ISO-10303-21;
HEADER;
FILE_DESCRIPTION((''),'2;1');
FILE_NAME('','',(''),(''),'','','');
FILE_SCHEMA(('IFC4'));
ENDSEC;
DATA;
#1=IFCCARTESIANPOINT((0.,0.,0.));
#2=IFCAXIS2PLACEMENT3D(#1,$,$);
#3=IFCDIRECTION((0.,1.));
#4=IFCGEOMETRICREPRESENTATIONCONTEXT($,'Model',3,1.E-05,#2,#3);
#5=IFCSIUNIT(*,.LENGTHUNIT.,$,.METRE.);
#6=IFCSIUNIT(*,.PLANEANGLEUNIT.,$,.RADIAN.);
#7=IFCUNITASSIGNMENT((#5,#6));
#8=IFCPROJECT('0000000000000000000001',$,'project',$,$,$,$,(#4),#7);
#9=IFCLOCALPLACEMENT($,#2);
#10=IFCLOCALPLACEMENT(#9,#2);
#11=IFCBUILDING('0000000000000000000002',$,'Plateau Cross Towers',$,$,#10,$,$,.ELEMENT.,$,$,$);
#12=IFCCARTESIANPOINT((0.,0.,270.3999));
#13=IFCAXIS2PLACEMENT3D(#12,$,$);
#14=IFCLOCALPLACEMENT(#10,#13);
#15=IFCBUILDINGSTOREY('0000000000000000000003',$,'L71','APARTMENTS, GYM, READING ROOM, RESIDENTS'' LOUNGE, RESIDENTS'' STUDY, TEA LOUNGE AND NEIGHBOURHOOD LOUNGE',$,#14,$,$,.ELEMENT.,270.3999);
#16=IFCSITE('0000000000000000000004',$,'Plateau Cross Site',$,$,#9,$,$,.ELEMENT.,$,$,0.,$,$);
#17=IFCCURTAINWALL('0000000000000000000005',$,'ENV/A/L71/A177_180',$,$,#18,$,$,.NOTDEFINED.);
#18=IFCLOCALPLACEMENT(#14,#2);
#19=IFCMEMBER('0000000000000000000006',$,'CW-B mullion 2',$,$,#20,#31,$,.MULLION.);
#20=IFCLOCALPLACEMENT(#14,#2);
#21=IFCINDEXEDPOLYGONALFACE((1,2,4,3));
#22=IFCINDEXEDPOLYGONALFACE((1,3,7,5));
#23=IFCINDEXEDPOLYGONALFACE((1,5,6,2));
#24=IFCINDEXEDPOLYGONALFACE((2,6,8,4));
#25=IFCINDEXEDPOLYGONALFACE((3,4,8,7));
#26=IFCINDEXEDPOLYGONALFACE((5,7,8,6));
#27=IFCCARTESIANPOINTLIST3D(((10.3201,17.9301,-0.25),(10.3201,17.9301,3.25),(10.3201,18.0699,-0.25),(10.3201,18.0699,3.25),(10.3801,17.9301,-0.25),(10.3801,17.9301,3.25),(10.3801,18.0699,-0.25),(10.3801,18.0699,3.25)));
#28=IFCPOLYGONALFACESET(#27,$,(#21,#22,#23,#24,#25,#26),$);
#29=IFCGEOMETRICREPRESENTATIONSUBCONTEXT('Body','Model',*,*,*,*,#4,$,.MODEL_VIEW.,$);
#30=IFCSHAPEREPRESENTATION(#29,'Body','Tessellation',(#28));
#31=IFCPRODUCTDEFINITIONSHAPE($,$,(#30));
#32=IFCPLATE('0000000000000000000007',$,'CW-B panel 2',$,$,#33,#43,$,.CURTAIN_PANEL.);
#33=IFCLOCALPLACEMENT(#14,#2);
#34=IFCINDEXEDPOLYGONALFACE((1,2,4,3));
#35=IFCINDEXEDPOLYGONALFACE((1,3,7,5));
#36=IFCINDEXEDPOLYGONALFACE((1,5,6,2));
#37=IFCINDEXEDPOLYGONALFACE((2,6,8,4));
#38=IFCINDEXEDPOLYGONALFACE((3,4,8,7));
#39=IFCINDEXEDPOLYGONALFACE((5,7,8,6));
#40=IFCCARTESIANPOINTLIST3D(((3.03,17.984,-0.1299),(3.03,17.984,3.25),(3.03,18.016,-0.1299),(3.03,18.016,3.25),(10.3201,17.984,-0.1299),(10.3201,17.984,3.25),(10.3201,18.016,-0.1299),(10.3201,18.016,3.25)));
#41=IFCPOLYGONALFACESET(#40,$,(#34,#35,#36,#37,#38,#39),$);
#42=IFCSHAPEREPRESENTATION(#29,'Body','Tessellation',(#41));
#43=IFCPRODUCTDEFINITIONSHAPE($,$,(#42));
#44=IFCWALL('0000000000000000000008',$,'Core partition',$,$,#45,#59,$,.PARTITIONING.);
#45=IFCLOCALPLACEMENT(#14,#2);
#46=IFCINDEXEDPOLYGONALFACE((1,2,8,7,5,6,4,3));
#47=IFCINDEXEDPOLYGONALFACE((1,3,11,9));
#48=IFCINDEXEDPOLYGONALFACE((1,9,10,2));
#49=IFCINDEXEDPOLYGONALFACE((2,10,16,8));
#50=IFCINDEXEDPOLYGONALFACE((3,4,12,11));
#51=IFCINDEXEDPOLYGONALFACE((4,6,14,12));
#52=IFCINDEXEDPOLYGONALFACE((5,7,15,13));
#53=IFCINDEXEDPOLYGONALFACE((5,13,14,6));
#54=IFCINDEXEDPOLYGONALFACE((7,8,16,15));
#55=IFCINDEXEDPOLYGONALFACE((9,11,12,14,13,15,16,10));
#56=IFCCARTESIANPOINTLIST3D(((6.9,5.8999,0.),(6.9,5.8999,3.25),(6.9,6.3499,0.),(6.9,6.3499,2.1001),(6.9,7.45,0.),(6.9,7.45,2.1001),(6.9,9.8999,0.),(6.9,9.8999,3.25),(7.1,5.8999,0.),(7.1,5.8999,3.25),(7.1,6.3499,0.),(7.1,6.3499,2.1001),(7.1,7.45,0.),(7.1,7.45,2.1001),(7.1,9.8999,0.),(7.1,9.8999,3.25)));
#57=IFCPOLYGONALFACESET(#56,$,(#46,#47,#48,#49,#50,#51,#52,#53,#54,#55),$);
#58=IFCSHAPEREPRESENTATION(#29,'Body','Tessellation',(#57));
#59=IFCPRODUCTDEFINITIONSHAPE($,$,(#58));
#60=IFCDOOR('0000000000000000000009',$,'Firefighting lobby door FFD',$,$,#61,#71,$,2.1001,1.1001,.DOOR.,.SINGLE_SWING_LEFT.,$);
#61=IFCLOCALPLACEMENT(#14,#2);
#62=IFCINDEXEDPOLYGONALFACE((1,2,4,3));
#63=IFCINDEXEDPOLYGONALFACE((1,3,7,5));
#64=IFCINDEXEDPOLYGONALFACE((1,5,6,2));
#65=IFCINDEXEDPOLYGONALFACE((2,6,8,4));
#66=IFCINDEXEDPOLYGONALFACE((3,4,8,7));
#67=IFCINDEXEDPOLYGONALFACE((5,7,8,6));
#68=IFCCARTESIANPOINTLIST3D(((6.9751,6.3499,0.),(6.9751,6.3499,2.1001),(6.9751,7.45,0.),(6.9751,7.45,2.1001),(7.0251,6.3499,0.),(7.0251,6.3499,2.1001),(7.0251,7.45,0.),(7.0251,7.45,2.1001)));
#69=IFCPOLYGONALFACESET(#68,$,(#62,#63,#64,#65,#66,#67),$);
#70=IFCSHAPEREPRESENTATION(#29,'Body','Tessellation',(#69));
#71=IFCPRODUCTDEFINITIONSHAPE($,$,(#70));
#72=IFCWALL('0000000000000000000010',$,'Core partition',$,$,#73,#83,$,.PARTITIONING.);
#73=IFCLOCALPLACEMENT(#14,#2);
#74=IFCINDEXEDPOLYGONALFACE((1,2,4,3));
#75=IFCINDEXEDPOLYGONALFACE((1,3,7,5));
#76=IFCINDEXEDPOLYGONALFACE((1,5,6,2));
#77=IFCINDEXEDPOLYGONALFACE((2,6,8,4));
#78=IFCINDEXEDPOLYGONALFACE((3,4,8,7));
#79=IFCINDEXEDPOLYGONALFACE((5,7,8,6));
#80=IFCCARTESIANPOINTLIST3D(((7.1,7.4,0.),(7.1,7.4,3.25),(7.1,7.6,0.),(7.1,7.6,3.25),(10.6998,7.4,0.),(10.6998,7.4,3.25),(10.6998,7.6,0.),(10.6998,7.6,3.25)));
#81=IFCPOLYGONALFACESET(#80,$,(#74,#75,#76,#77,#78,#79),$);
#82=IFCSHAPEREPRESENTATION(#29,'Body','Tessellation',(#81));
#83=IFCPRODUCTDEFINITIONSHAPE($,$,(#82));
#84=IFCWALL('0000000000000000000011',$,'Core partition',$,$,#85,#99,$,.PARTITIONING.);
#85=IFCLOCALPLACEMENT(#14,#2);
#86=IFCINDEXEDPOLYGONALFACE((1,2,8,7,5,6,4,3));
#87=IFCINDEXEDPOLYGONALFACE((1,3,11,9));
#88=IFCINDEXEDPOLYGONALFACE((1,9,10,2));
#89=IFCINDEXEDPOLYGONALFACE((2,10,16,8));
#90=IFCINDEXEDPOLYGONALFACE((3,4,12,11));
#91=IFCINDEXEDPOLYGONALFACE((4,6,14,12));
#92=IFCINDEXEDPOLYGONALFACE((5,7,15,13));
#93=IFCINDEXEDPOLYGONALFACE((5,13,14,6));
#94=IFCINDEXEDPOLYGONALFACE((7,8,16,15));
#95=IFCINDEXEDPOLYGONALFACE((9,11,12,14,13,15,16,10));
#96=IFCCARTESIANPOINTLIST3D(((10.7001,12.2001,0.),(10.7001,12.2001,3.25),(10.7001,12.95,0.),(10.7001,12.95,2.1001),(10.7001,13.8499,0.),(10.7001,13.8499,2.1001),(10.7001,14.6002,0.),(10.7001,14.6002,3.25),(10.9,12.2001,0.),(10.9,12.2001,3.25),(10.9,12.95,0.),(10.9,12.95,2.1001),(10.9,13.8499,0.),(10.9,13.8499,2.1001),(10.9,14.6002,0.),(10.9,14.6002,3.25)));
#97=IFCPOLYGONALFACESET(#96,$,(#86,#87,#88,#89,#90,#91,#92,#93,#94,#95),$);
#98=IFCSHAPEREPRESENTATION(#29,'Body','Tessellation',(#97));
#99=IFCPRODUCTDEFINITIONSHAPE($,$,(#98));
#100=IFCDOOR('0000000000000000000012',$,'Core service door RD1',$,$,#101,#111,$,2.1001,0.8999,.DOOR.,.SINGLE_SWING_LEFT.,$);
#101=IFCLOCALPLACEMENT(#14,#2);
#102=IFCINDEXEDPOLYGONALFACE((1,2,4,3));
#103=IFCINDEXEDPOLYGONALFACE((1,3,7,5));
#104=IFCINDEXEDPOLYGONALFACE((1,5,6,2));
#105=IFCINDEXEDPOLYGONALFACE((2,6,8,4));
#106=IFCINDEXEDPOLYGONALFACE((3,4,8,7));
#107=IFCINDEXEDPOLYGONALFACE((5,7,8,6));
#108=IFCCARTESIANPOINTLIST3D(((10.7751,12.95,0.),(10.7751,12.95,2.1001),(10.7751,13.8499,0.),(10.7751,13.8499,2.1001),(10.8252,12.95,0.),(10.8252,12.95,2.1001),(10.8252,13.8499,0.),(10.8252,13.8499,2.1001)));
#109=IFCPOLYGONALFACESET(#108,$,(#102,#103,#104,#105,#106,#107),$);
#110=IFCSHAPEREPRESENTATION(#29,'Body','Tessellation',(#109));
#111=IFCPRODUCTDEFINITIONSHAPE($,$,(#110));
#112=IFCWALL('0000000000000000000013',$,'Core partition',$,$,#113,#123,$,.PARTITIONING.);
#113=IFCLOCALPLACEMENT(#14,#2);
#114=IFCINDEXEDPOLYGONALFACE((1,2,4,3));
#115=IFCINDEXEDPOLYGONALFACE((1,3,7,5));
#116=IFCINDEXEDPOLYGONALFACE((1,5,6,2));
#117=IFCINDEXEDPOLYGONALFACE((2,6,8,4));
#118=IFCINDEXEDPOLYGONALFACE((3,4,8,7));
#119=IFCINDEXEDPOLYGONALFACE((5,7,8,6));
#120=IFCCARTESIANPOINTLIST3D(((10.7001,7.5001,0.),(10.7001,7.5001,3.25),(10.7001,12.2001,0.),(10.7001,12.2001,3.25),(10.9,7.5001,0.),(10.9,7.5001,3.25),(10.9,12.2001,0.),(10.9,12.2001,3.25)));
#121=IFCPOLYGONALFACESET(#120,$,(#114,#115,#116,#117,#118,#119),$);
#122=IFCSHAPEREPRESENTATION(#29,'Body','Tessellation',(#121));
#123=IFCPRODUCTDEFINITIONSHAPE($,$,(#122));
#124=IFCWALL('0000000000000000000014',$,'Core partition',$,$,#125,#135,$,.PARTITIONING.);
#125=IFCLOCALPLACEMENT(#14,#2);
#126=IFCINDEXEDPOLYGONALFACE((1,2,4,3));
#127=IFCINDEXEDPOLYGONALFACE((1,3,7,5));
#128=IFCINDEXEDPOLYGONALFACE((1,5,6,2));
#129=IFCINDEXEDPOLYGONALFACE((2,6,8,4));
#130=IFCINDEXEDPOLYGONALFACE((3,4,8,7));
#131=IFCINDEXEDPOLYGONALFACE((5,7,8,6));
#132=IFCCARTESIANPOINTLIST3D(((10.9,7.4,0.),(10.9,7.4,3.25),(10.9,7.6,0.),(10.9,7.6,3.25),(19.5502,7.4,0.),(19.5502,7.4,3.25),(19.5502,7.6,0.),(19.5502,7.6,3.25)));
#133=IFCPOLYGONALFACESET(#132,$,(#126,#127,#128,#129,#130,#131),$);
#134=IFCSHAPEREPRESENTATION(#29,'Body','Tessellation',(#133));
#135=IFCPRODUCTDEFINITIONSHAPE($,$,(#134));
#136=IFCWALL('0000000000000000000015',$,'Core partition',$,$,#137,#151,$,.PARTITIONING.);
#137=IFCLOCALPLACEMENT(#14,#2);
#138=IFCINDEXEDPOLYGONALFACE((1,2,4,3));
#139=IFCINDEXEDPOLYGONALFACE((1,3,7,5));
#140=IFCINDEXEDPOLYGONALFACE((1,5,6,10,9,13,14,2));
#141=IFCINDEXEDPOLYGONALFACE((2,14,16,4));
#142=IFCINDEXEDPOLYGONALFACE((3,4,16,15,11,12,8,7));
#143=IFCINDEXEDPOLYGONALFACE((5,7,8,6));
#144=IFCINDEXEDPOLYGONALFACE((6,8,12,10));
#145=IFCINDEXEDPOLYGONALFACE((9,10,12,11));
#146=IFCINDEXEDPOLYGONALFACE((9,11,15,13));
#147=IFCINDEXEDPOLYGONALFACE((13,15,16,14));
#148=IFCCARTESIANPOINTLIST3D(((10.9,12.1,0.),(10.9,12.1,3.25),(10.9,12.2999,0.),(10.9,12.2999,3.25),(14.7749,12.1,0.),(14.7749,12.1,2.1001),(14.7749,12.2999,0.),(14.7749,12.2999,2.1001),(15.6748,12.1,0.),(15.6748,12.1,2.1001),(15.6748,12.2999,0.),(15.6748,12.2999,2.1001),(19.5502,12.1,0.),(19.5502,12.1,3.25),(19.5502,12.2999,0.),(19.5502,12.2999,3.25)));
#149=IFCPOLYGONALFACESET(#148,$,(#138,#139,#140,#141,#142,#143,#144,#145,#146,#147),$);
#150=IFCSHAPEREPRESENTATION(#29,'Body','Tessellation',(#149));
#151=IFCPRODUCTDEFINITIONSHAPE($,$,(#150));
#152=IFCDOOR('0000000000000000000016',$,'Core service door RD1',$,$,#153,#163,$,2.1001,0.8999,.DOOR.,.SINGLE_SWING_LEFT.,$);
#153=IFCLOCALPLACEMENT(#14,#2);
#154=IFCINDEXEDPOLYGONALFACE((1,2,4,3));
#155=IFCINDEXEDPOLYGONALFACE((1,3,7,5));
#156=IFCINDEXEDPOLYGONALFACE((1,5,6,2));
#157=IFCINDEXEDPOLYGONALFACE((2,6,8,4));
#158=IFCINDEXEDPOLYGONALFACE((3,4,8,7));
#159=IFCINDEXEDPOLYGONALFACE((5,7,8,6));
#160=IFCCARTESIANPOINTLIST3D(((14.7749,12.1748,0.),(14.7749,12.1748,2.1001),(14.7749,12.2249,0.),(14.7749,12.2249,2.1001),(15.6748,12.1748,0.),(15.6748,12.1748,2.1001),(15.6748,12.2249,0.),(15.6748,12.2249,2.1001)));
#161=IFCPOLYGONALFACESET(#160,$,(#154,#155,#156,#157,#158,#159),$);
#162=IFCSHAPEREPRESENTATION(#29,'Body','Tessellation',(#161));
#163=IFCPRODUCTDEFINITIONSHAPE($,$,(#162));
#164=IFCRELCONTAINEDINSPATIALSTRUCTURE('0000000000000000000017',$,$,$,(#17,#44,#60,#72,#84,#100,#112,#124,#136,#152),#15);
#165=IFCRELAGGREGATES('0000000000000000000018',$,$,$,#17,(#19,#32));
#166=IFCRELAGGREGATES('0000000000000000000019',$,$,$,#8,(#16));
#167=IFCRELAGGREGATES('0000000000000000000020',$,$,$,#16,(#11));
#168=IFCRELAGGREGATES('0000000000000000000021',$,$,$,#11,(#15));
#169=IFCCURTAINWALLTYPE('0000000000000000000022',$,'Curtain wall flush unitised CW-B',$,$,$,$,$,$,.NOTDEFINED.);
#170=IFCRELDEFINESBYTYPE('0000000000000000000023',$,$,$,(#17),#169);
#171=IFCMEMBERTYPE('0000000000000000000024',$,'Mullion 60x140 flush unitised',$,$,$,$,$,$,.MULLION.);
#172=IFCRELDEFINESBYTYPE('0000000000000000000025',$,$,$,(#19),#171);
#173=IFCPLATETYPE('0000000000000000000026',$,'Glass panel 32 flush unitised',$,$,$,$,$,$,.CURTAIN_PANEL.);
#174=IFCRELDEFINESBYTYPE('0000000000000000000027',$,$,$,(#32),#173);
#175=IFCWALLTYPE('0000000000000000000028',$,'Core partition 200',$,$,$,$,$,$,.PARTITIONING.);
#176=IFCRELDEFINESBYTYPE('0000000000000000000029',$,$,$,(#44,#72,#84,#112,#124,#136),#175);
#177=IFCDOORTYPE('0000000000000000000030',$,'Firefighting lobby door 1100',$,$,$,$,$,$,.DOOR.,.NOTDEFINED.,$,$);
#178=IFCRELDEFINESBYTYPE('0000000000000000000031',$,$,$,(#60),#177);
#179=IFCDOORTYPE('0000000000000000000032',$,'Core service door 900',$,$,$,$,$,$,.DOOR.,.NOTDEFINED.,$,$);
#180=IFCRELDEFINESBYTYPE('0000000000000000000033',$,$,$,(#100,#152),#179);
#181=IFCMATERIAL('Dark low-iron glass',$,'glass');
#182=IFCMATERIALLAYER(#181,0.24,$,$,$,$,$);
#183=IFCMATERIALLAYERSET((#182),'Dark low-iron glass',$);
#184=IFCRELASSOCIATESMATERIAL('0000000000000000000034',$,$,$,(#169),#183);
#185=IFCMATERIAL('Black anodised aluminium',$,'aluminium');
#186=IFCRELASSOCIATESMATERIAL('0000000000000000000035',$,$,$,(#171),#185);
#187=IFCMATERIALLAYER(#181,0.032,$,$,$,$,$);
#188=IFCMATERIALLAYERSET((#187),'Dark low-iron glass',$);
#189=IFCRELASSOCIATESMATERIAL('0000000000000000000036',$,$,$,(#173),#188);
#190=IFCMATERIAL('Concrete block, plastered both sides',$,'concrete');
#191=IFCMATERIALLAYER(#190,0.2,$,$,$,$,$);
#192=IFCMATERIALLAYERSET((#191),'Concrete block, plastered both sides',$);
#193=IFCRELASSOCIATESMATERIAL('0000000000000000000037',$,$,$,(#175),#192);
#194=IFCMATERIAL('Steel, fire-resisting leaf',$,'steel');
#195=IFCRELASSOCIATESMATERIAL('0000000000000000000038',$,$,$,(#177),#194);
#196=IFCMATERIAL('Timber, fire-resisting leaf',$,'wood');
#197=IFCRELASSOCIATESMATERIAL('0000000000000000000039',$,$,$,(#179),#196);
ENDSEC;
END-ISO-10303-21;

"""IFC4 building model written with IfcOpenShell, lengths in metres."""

from ifc_helpers import new_model, si_unit, direction, frame, frame_2d, origin, origin_2d, place, context, subcontext, project, spatial, rectangle, extrude, material, layer, layer_set, material_profile, profile_set, type_object, element, fill, aggregate, save


model = new_model("IFC4")

# Units and contexts
model_context = context("Model", 3, precision=1e-05, world=origin(), true_north=direction((0.0, 1.0)))
body_context = subcontext(model_context, "Body", "Model", "MODEL_VIEW")
ifc_project = project(units=[si_unit("LENGTHUNIT", "METRE"), si_unit("PLANEANGLEUNIT", "RADIAN")], contexts=[model_context])

# Site, building, storey
site_placement = place(None, origin())
site = spatial("IfcSite", under=ifc_project, at=site_placement, Name="Plateau Cross Site", CompositionType="ELEMENT", RefElevation=0.0)
building_placement = place(site_placement, origin())
building = spatial("IfcBuilding", under=site, at=building_placement, Name="Plateau Cross Towers", CompositionType="ELEMENT")
storey_placement = place(building_placement, frame((0.0, 0.0, 270.3999)))
storey = spatial("IfcBuildingStorey", under=building, at=storey_placement, Name="L71", Description="APARTMENTS, GYM, READING ROOM, RESIDENTS' LOUNGE, RESIDENTS' STUDY, TEA LOUNGE AND NEIGHBOURHOOD LOUNGE", CompositionType="ELEMENT", Elevation=270.3999)

# Curtain wall, member, plate
ifc_material_1 = material(Name="Dark low-iron glass", Category="glass")
ifc_layer_1 = layer(ifc_material_1, 0.24)
ifc_layer_set_1 = layer_set([ifc_layer_1], Name="Dark low-iron glass")
curtain_wall_type = type_object("IfcCurtainWallType", Name="Curtain wall flush unitised CW-B", PredefinedType="NOTDEFINED", material=ifc_layer_set_1)
curtain_wall_placement = place(storey_placement, origin())
curtain_wall = element("IfcCurtainWall", 1, at=curtain_wall_placement, inside=storey, type_object=curtain_wall_type, Name="ENV/A/L71/A177_180", PredefinedType="NOTDEFINED")
ifc_material_2 = material(Name="Black anodised aluminium", Category="aluminium")
ifc_material_profile = material_profile(ifc_material_2, rectangle(XDim=0.0601, YDim=0.1399, at=origin_2d()), Name="MULLION 60x140")
ifc_profile_set = profile_set([ifc_material_profile], Name="Black anodised aluminium")
member_type = type_object("IfcMemberType", Name="Mullion 60x140 flush unitised", PredefinedType="MULLION", material=ifc_profile_set)
member_placement = place(storey_placement, frame((10.3501, 18.0, -0.25), z_axis=(0.0, 0.0, 1.0), x_axis=(-1.0, 0.0, 0.0)))
member = element("IfcMember", 2, at=member_placement, type_object=member_type, Name="CW-B mullion 2", PredefinedType="MULLION", context=body_context, shape_type="SweptSolid", body=[
    extrude(rectangle(XDim=0.0601, YDim=0.1399, at=origin_2d()), origin(), (0.0, 0.0, 1.0), 3.5),
])
ifc_layer_2 = layer(ifc_material_1, 0.032)
ifc_layer_set_2 = layer_set([ifc_layer_2], Name="Dark low-iron glass")
plate_type = type_object("IfcPlateType", Name="Glass panel 32 flush unitised", PredefinedType="CURTAIN_PANEL", material=ifc_layer_set_2)
plate_placement = place(storey_placement, frame((6.675, 18.0, -0.1299), z_axis=(0.0, 0.0, 1.0), x_axis=(-1.0, 0.0, 0.0)))
plate = element("IfcPlate", 3, at=plate_placement, type_object=plate_type, Name="CW-B panel 2", PredefinedType="CURTAIN_PANEL", context=body_context, shape_type="SweptSolid", body=[
    extrude(rectangle(XDim=7.29, YDim=0.032, at=origin_2d()), origin(), (0.0, 0.0, 1.0), 3.3799),
])
aggregate(curtain_wall, [member, plate])

# Wall, opening, door
ifc_material_3 = material(Name="Concrete block, plastered both sides", Category="concrete")
ifc_layer_3 = layer(ifc_material_3, 0.2)
ifc_layer_set_3 = layer_set([ifc_layer_3], Name="Concrete block, plastered both sides")
wall_type_1 = type_object("IfcWallType", Name="Core partition 200", PredefinedType="PARTITIONING", material=ifc_layer_set_3)
wall_1_placement = place(storey_placement, frame((7.0, 5.8999, 0.0), z_axis=(0.0, 0.0, 1.0), x_axis=(0.0, 1.0, 0.0)))
wall_1 = element("IfcWall", 4, at=wall_1_placement, inside=storey, type_object=wall_type_1, Name="Core partition", PredefinedType="PARTITIONING", context=body_context, shape_type="SweptSolid", body=[
    extrude(rectangle(XDim=4.0, YDim=0.2, at=frame_2d((2.0, 0.0))), origin(), (0.0, 0.0, 1.0), 3.25),
])
opening_1_placement = place(wall_1_placement, frame((0.45, 0.0, 0.0)))
opening_1 = element("IfcOpeningElement", 5, at=opening_1_placement, cuts=wall_1, PredefinedType="OPENING", context=body_context, shape_type="SweptSolid", body=[
    extrude(rectangle(XDim=1.1001, YDim=2.1001, at=frame_2d((0.55, 1.05))), frame((0.0, 0.1099, 0.0), z_axis=(0.0, -1.0, 0.0), x_axis=(1.0, 0.0, 0.0)), (0.0, 0.0, 1.0), 0.22),
])
ifc_material_4 = material(Name="Steel, fire-resisting leaf", Category="steel")
door_type_1 = type_object("IfcDoorType", Name="Firefighting lobby door 1100", OperationType="NOTDEFINED", PredefinedType="DOOR", material=ifc_material_4)
door_1_placement = place(opening_1_placement, origin())
door_1 = element("IfcDoor", 6, at=door_1_placement, inside=storey, type_object=door_type_1, Name="Firefighting lobby door FFD", OperationType="SINGLE_SWING_LEFT", OverallHeight=2.1001, OverallWidth=1.1001, PredefinedType="DOOR", context=body_context, shape_type="SweptSolid", body=[
    extrude(rectangle(XDim=1.1001, YDim=2.1001, at=frame_2d((0.55, 1.05))), frame((0.0, 0.0249, 0.0), z_axis=(0.0, -1.0, 0.0), x_axis=(1.0, 0.0, 0.0)), (0.0, 0.0, 1.0), 0.05),
])
fill(opening_1, door_1)

# Wall
wall_2_placement = place(storey_placement, frame((7.1001, 7.5, 0.0), z_axis=(0.0, 0.0, 1.0), x_axis=(1.0, 0.0, 0.0)))
element("IfcWall", 7, at=wall_2_placement, inside=storey, type_object=wall_type_1, Name="Core partition", PredefinedType="PARTITIONING", context=body_context, shape_type="SweptSolid", body=[
    extrude(rectangle(XDim=3.5999, YDim=0.2, at=frame_2d((1.7998, 0.0))), origin(), (0.0, 0.0, 1.0), 3.25),
])

# Wall, opening, door
wall_3_placement = place(storey_placement, frame((10.8, 12.2, 0.0), z_axis=(0.0, 0.0, 1.0), x_axis=(0.0, 1.0, 0.0)))
wall_3 = element("IfcWall", 8, at=wall_3_placement, inside=storey, type_object=wall_type_1, Name="Core partition", PredefinedType="PARTITIONING", context=body_context, shape_type="SweptSolid", body=[
    extrude(rectangle(XDim=2.4001, YDim=0.2, at=frame_2d((1.2002, 0.0))), origin(), (0.0, 0.0, 1.0), 3.25),
])
opening_2_placement = place(wall_3_placement, frame((0.75, 0.0, 0.0)))
opening_2 = element("IfcOpeningElement", 9, at=opening_2_placement, cuts=wall_3, PredefinedType="OPENING", context=body_context, shape_type="SweptSolid", body=[
    extrude(rectangle(XDim=0.8999, YDim=2.1001, at=frame_2d((0.45, 1.05))), frame((0.0, 0.1099, 0.0), z_axis=(0.0, -1.0, 0.0), x_axis=(1.0, 0.0, 0.0)), (0.0, 0.0, 1.0), 0.22),
])
ifc_material_5 = material(Name="Timber, fire-resisting leaf", Category="wood")
door_type_2 = type_object("IfcDoorType", Name="Core service door 900", OperationType="NOTDEFINED", PredefinedType="DOOR", material=ifc_material_5)
door_2_placement = place(opening_2_placement, origin())
door_2 = element("IfcDoor", 10, at=door_2_placement, inside=storey, type_object=door_type_2, Name="Core service door RD1", OperationType="SINGLE_SWING_LEFT", OverallHeight=2.1001, OverallWidth=0.8999, PredefinedType="DOOR", context=body_context, shape_type="SweptSolid", body=[
    extrude(rectangle(XDim=0.8999, YDim=2.1001, at=frame_2d((0.45, 1.05))), frame((0.0, 0.0249, 0.0), z_axis=(0.0, -1.0, 0.0), x_axis=(1.0, 0.0, 0.0)), (0.0, 0.0, 1.0), 0.05),
])
fill(opening_2, door_2)

# Walls
wall_4_placement = place(storey_placement, frame((10.8, 7.5, 0.0), z_axis=(0.0, 0.0, 1.0), x_axis=(0.0, 1.0, 0.0)))
element("IfcWall", 11, at=wall_4_placement, inside=storey, type_object=wall_type_1, Name="Core partition", PredefinedType="PARTITIONING", context=body_context, shape_type="SweptSolid", body=[
    extrude(rectangle(XDim=4.7, YDim=0.2, at=frame_2d((2.3501, 0.0))), origin(), (0.0, 0.0, 1.0), 3.25),
])
wall_5_placement = place(storey_placement, frame((10.8999, 7.5, 0.0), z_axis=(0.0, 0.0, 1.0), x_axis=(1.0, 0.0, 0.0)))
element("IfcWall", 12, at=wall_5_placement, inside=storey, type_object=wall_type_1, Name="Core partition", PredefinedType="PARTITIONING", context=body_context, shape_type="SweptSolid", body=[
    extrude(rectangle(XDim=8.6501, YDim=0.2, at=frame_2d((4.3252, 0.0))), origin(), (0.0, 0.0, 1.0), 3.25),
])

# Wall, opening, door
wall_6_placement = place(storey_placement, frame((10.8999, 12.2, 0.0), z_axis=(0.0, 0.0, 1.0), x_axis=(1.0, 0.0, 0.0)))
wall_6 = element("IfcWall", 13, at=wall_6_placement, inside=storey, type_object=wall_type_1, Name="Core partition", PredefinedType="PARTITIONING", context=body_context, shape_type="SweptSolid", body=[
    extrude(rectangle(XDim=8.6501, YDim=0.2, at=frame_2d((4.3252, 0.0))), origin(), (0.0, 0.0, 1.0), 3.25),
])
opening_3_placement = place(wall_6_placement, frame((3.875, 0.0, 0.0)))
opening_3 = element("IfcOpeningElement", 14, at=opening_3_placement, cuts=wall_6, PredefinedType="OPENING", context=body_context, shape_type="SweptSolid", body=[
    extrude(rectangle(XDim=0.8999, YDim=2.1001, at=frame_2d((0.45, 1.05))), frame((0.0, 0.1099, 0.0), z_axis=(0.0, -1.0, 0.0), x_axis=(1.0, 0.0, 0.0)), (0.0, 0.0, 1.0), 0.22),
])
door_3_placement = place(opening_3_placement, origin())
door_3 = element("IfcDoor", 15, at=door_3_placement, inside=storey, type_object=door_type_2, Name="Core service door RD1", OperationType="SINGLE_SWING_LEFT", OverallHeight=2.1001, OverallWidth=0.8999, PredefinedType="DOOR", context=body_context, shape_type="SweptSolid", body=[
    extrude(rectangle(XDim=0.8999, YDim=2.1001, at=frame_2d((0.45, 1.05))), frame((0.0, 0.0249, 0.0), z_axis=(0.0, -1.0, 0.0), x_axis=(1.0, 0.0, 0.0)), (0.0, 0.0, 1.0), 0.05),
])
fill(opening_3, door_3)

save(model, "model.ifc")
